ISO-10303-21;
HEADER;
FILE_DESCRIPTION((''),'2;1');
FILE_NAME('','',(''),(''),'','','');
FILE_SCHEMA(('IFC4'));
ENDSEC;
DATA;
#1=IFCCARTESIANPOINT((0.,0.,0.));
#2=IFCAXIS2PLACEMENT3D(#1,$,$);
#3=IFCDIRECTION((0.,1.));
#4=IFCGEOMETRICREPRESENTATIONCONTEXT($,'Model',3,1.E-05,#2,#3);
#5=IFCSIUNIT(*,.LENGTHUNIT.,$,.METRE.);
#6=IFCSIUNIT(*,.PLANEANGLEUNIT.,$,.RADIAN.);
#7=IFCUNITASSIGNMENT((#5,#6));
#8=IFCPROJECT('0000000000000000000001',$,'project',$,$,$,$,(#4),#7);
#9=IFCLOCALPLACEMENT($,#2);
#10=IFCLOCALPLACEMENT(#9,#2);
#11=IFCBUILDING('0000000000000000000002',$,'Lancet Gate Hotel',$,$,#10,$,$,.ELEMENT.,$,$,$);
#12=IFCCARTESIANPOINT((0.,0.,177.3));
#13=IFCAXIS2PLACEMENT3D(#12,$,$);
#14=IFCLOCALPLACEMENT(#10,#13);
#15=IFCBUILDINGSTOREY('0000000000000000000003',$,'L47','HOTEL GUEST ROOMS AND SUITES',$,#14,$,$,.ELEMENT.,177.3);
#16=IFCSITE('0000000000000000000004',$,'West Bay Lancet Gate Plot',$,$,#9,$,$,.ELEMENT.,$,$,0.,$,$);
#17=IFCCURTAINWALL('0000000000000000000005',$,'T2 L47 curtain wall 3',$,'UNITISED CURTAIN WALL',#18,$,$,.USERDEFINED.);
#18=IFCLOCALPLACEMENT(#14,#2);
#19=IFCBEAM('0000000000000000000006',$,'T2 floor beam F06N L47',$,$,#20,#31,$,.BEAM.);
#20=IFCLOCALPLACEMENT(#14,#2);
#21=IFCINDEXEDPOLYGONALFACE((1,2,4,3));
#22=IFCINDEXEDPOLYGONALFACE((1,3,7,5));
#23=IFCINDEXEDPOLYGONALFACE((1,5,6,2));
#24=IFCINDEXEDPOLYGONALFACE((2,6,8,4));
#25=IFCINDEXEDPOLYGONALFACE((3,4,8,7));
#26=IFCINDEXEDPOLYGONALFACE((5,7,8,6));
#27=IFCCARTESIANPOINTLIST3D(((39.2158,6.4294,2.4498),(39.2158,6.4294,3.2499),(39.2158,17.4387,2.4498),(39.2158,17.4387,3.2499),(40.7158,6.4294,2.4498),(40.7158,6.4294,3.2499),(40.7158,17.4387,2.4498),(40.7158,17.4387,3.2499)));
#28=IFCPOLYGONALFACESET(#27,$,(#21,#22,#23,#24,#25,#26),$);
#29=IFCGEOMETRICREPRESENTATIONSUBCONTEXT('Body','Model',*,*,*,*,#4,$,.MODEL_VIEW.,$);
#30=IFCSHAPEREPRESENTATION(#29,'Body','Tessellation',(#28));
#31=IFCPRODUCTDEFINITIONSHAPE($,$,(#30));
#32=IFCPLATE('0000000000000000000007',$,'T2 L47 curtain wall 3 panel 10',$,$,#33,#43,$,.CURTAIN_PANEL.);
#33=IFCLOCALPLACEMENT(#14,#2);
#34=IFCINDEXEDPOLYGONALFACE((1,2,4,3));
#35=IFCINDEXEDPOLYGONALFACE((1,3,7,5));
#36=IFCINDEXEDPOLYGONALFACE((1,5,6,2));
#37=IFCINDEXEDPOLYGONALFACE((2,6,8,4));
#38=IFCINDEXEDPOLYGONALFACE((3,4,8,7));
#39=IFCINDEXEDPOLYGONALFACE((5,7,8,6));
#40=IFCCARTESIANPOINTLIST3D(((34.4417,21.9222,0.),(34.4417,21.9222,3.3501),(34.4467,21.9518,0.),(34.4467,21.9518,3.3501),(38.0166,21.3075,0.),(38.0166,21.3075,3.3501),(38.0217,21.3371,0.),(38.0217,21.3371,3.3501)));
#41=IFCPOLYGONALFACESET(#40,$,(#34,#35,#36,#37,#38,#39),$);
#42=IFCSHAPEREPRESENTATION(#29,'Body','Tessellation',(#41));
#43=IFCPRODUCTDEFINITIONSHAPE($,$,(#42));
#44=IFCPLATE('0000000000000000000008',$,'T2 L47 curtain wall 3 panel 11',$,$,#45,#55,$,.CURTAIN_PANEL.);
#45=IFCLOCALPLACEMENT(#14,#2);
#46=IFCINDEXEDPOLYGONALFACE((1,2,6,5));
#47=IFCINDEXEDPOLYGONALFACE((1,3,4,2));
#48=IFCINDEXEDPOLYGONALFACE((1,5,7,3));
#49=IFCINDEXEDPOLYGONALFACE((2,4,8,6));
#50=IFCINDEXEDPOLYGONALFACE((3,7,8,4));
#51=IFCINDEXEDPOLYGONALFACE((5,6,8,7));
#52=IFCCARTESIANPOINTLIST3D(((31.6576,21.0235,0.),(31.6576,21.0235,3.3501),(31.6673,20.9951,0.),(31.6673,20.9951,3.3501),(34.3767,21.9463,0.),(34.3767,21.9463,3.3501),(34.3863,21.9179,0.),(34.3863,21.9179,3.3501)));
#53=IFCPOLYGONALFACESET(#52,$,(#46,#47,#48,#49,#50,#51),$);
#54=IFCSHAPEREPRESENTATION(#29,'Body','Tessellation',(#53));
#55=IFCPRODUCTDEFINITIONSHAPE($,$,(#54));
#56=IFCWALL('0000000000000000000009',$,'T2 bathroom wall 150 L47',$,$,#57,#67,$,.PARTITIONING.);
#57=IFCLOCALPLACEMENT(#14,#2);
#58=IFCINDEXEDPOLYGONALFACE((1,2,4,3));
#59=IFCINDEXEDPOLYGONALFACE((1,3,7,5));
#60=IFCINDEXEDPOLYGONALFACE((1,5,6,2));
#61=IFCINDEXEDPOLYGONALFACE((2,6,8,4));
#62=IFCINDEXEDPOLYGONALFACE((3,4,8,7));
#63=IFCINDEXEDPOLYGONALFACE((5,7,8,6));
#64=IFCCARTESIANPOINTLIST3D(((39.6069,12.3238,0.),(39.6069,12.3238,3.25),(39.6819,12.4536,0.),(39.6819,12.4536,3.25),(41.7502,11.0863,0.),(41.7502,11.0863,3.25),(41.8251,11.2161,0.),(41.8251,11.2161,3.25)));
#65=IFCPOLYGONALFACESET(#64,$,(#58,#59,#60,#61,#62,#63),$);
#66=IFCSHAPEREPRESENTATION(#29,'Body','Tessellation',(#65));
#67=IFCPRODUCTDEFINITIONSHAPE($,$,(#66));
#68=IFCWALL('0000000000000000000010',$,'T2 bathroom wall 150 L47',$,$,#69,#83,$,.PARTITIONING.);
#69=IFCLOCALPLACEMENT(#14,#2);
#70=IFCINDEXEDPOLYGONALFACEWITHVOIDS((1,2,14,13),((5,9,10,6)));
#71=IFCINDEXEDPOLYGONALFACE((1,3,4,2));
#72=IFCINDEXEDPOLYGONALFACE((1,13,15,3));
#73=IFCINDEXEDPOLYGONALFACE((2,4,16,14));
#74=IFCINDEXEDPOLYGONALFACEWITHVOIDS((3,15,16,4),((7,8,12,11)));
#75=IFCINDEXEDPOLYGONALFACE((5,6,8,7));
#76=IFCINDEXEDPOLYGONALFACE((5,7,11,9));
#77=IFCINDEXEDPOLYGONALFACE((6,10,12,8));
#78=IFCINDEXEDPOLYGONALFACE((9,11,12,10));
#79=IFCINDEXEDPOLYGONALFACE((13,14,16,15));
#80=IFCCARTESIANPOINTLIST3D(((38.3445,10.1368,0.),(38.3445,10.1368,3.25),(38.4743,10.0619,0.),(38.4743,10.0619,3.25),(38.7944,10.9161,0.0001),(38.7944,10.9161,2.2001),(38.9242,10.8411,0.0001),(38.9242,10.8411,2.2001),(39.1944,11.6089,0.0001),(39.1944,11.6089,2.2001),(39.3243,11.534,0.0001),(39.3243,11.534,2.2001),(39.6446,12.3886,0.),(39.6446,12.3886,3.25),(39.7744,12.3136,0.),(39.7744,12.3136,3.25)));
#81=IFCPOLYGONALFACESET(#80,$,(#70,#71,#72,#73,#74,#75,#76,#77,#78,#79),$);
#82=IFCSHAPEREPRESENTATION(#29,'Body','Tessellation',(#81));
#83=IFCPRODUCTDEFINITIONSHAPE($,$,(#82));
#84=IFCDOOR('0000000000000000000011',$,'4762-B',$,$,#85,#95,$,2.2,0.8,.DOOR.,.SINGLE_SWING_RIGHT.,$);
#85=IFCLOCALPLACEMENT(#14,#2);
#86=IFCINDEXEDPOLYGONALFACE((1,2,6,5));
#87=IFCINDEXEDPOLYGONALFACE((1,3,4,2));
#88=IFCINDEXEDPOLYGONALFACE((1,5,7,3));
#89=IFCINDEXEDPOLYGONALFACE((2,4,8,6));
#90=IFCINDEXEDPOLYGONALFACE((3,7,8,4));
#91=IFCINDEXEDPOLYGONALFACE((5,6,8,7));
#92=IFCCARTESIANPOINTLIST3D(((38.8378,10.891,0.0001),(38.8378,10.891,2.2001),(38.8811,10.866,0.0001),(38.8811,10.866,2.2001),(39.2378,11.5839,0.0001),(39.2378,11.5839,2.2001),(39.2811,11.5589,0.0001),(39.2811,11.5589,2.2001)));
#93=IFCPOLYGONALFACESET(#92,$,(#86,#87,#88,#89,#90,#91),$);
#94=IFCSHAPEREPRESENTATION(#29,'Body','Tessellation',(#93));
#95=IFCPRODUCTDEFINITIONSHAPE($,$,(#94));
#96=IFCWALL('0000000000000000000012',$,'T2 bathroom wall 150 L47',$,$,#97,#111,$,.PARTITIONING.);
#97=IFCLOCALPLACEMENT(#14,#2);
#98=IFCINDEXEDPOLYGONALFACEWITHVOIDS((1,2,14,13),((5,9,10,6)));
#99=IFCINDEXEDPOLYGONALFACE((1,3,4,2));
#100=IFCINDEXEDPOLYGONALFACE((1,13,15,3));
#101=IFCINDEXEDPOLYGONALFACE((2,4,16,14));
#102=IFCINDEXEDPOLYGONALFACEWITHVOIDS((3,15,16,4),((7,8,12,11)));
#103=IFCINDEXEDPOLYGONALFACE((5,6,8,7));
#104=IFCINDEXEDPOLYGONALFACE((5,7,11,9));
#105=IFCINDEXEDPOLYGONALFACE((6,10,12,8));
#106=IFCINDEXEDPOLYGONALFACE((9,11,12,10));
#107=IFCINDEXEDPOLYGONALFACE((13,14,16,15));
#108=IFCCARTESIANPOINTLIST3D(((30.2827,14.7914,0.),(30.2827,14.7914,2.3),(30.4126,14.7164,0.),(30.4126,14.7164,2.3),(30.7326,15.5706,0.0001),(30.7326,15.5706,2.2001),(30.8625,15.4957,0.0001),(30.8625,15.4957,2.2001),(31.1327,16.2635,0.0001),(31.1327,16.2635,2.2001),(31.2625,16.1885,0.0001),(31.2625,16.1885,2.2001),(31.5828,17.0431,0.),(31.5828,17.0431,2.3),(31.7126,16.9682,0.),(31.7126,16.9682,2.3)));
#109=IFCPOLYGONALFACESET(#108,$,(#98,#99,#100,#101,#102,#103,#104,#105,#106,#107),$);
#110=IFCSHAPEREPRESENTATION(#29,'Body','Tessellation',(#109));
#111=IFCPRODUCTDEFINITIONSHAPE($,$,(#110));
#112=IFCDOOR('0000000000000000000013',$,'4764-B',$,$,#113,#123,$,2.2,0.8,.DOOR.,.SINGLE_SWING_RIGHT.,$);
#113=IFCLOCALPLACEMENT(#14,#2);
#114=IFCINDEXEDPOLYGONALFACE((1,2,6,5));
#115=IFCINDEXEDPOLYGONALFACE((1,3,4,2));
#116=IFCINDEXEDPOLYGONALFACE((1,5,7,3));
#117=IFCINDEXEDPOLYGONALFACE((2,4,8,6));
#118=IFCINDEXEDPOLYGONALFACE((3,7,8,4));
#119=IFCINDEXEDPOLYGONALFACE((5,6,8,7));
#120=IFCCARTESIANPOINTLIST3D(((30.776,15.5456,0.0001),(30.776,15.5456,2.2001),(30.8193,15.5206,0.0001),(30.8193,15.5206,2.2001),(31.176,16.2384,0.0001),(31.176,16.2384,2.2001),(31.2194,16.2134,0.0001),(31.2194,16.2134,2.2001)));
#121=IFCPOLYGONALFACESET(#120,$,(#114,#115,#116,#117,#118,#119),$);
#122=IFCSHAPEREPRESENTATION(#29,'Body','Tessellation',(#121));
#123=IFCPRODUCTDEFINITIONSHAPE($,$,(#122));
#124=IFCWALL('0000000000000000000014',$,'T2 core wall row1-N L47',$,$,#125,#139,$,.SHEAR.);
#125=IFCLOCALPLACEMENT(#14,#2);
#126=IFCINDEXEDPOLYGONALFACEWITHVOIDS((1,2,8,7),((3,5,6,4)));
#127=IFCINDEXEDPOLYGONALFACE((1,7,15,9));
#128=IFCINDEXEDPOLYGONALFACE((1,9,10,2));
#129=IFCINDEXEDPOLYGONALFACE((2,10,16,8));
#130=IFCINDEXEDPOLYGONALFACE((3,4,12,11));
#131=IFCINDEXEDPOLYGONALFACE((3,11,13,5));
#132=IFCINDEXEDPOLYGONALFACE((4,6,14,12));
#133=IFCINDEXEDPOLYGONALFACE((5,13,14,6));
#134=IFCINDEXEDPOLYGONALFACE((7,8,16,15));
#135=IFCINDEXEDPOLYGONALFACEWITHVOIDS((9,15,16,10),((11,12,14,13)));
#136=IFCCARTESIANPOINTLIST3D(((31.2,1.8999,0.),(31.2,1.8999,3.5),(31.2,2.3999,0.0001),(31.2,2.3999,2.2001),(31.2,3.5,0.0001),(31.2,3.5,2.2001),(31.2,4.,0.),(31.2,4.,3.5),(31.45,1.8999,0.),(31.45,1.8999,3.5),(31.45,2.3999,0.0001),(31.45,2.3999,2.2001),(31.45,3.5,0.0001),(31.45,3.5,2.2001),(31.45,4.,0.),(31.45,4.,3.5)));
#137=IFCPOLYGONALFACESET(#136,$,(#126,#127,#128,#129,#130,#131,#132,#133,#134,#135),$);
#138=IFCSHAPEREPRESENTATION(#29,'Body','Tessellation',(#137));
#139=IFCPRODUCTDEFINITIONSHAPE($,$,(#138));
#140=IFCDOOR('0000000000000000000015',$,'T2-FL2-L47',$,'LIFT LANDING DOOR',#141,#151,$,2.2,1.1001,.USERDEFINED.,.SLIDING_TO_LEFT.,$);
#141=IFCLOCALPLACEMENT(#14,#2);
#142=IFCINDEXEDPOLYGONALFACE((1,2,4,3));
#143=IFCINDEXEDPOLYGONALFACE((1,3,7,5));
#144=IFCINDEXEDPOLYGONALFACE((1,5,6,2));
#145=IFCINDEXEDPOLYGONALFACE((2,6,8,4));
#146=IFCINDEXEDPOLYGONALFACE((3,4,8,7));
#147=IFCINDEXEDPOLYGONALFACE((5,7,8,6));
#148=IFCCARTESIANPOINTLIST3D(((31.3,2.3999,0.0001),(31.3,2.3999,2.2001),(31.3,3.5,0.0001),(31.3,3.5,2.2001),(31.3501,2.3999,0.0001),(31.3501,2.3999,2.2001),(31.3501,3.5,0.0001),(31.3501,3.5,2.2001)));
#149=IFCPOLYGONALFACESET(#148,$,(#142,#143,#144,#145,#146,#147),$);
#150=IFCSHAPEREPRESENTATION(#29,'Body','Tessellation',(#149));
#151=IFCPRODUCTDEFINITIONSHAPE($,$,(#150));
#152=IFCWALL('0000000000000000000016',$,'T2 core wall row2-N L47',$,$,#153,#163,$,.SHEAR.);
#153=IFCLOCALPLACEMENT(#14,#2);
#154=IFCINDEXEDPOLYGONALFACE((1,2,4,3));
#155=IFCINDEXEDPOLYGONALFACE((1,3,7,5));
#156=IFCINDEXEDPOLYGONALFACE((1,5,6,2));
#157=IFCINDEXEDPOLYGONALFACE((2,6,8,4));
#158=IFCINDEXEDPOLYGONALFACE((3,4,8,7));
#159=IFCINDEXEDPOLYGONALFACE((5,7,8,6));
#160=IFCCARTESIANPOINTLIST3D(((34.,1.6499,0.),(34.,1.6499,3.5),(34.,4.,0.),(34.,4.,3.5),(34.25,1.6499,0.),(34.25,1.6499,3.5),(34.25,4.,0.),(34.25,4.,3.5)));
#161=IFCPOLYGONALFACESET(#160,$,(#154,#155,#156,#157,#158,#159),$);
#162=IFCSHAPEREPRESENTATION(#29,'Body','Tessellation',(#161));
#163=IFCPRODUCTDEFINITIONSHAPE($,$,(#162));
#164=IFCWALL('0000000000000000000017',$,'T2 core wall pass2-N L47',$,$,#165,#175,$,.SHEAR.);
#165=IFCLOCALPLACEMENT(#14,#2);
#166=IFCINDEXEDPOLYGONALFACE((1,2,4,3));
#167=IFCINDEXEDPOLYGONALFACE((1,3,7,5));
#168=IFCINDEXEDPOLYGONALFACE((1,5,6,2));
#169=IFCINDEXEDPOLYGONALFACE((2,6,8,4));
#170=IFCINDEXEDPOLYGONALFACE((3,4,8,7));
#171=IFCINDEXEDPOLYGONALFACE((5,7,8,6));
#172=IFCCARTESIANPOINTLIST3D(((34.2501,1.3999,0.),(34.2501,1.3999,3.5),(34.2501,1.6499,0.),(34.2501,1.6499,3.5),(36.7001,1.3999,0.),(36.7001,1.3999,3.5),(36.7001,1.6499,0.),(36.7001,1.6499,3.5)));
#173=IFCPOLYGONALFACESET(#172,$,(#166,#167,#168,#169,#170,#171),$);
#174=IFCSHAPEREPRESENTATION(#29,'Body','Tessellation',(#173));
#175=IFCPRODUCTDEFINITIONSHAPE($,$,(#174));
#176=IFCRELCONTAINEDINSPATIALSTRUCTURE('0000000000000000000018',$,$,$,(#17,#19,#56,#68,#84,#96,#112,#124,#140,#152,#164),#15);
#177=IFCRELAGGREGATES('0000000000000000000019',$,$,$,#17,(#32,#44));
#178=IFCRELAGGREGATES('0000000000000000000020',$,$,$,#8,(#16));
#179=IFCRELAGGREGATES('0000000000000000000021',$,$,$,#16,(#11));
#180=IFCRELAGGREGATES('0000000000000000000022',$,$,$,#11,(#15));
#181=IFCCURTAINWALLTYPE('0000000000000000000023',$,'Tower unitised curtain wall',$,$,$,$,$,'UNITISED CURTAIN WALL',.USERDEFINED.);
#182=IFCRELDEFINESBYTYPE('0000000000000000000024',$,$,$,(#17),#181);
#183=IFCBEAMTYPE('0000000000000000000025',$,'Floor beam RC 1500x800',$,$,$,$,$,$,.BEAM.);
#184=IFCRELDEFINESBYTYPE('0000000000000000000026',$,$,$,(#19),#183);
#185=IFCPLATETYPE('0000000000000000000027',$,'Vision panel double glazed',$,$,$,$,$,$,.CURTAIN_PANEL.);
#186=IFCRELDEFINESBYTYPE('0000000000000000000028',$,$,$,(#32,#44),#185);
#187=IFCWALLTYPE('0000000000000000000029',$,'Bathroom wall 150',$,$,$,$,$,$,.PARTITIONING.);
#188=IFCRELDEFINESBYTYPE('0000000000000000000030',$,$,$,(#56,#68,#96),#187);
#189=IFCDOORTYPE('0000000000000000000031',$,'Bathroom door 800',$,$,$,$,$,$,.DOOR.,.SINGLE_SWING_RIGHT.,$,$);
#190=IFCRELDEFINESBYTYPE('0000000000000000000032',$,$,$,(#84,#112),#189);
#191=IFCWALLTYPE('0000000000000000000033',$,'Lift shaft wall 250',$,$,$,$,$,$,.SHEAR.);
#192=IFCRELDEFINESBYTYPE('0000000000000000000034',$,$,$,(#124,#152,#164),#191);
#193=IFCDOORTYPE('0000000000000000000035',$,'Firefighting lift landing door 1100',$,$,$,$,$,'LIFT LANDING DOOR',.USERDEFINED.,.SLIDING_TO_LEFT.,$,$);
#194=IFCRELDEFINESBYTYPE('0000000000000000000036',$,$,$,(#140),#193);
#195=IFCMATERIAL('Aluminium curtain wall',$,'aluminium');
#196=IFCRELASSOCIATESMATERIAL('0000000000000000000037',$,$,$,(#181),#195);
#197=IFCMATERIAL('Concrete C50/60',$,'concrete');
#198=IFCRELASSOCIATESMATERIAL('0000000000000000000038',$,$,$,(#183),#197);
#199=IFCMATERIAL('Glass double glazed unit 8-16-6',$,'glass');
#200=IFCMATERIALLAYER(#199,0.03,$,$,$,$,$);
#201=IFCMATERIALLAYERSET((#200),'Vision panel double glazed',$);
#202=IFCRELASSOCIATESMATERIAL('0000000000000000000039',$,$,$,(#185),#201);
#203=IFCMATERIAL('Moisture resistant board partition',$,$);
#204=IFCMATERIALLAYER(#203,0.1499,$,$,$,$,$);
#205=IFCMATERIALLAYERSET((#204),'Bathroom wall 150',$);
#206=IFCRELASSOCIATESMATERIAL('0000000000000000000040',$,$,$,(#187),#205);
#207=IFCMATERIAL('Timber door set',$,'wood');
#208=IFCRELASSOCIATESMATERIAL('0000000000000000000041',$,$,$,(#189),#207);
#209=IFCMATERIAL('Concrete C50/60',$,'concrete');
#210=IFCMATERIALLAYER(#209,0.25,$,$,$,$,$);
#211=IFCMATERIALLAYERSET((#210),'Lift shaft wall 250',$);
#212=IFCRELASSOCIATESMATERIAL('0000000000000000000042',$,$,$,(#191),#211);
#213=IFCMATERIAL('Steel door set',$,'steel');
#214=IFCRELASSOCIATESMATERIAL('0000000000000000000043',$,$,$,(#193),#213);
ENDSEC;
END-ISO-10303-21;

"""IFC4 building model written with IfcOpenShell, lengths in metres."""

from ifc_helpers import new_model, si_unit, direction, frame, frame_2d, origin, origin_2d, place, context, subcontext, project, spatial, rectangle, extrude, material, layer, layer_set, material_profile, profile_set, type_object, element, fill, aggregate, save


model = new_model("IFC4")

# Units and contexts
model_context = context("Model", 3, precision=1e-05, world=origin(), true_north=direction((0.0, 1.0)))
body_context = subcontext(model_context, "Body", "Model", "MODEL_VIEW")
ifc_project = project(units=[si_unit("LENGTHUNIT", "METRE"), si_unit("PLANEANGLEUNIT", "RADIAN")], contexts=[model_context])

# Site, building, storey
site_placement = place(None, origin())
site = spatial("IfcSite", under=ifc_project, at=site_placement, Name="West Bay Lancet Gate Plot", CompositionType="ELEMENT", RefElevation=0.0)
building_placement = place(site_placement, origin())
building = spatial("IfcBuilding", under=site, at=building_placement, Name="Lancet Gate Hotel", CompositionType="ELEMENT")
storey_placement = place(building_placement, frame((0.0, 0.0, 177.3)))
storey = spatial("IfcBuildingStorey", under=building, at=storey_placement, Name="L47", Description="HOTEL GUEST ROOMS AND SUITES", CompositionType="ELEMENT", Elevation=177.3)

# Curtain wall
ifc_material_1 = material(Name="Aluminium curtain wall", Category="aluminium")
curtain_wall_type = type_object("IfcCurtainWallType", Name="Tower unitised curtain wall", ElementType="UNITISED CURTAIN WALL", PredefinedType="USERDEFINED", material=ifc_material_1)
curtain_wall_1_placement = place(storey_placement, origin())
curtain_wall_1 = element("IfcCurtainWall", 1, at=curtain_wall_1_placement, inside=storey, type_object=curtain_wall_type, Name="T2 L47 curtain wall 3", ObjectType="UNITISED CURTAIN WALL", PredefinedType="USERDEFINED")

# Beam
ifc_material_2 = material(Name="Concrete C50/60", Category="concrete")
ifc_material_profile_1 = material_profile(ifc_material_2, rectangle(XDim=1.5, YDim=0.8, at=origin_2d()), Name="RC 1500x800")
ifc_profile_set_1 = profile_set([ifc_material_profile_1], Name="Concrete C50/60")
beam_type = type_object("IfcBeamType", Name="Floor beam RC 1500x800", PredefinedType="BEAM", material=ifc_profile_set_1)
beam_1_placement = place(storey_placement, frame((39.9658, 6.4294, 2.8499), z_axis=(0.0, 1.0, 0.0), x_axis=(-1.0, 0.0, 0.0)))
element("IfcBeam", 2, at=beam_1_placement, inside=storey, type_object=beam_type, Name="T2 floor beam F06N L47", PredefinedType="BEAM", context=body_context, shape_type="SweptSolid", body=[
    extrude(rectangle(XDim=1.5, YDim=0.8, at=origin_2d()), origin(), (0.0, 0.0, 1.0), 11.0093),
])

# Plates
ifc_material_3 = material(Name="Glass double glazed unit 8-16-6", Category="glass")
ifc_layer_1 = layer(ifc_material_3, 0.03)
ifc_layer_set_1 = layer_set([ifc_layer_1], Name="Vision panel double glazed")
plate_type = type_object("IfcPlateType", Name="Vision panel double glazed", PredefinedType="CURTAIN_PANEL", material=ifc_layer_set_1)
plate_1_placement = place(storey_placement, frame((36.2317, 21.6296, 0.0), z_axis=(0.0, 0.0, 1.0), x_axis=(-0.98554, 0.169445, 0.0)))
plate_1 = element("IfcPlate", 3, at=plate_1_placement, type_object=plate_type, Name="T2 L47 curtain wall 3 panel 10", PredefinedType="CURTAIN_PANEL", context=body_context, shape_type="SweptSolid", body=[
    extrude(rectangle(XDim=3.6274, YDim=0.03, at=origin_2d()), origin(), (0.0, 0.0, 1.0), 3.3501),
])
plate_2_placement = place(storey_placement, frame((33.022, 21.4707, 0.0), z_axis=(0.0, 0.0, 1.0), x_axis=(-0.946952, -0.321374, 0.0)))
plate_2 = element("IfcPlate", 4, at=plate_2_placement, type_object=plate_type, Name="T2 L47 curtain wall 3 panel 11", PredefinedType="CURTAIN_PANEL", context=body_context, shape_type="SweptSolid", body=[
    extrude(rectangle(XDim=2.8713, YDim=0.03, at=origin_2d()), origin(), (0.0, 0.0, 1.0), 3.3501),
])
aggregate(curtain_wall_1, [plate_1, plate_2])

# Wall
ifc_material_4 = material(Name="Moisture resistant board partition")
ifc_layer_2 = layer(ifc_material_4, 0.1499)
ifc_layer_set_2 = layer_set([ifc_layer_2], Name="Bathroom wall 150")
wall_type_1 = type_object("IfcWallType", Name="Bathroom wall 150", PredefinedType="PARTITIONING", material=ifc_layer_set_2)
wall_1_placement = place(storey_placement, frame((39.6445, 12.3887, 0.0), z_axis=(0.0, 0.0, 1.0), x_axis=(0.866007, -0.500033, 0.0)))
element("IfcWall", 5, at=wall_1_placement, inside=storey, type_object=wall_type_1, Name="T2 bathroom wall 150 L47", PredefinedType="PARTITIONING", context=body_context, shape_type="SweptSolid", body=[
    extrude(rectangle(XDim=2.4749, YDim=0.1499, at=frame_2d((1.2373, 0.0))), origin(), (0.0, 0.0, 1.0), 3.25),
])

# Walls, openings, doors
wall_2_placement = place(storey_placement, frame((38.4094, 10.0994, 0.0), z_axis=(0.0, 0.0, 1.0), x_axis=(0.500007, 0.866021, 0.0)))
wall_2 = element("IfcWall", 6, at=wall_2_placement, inside=storey, type_object=wall_type_1, Name="T2 bathroom wall 150 L47", PredefinedType="PARTITIONING", context=body_context, shape_type="SweptSolid", body=[
    extrude(rectangle(XDim=2.6001, YDim=0.1499, at=frame_2d((1.3, 0.0))), origin(), (0.0, 0.0, 1.0), 3.25),
])
opening_1_placement = place(wall_2_placement, frame((0.8999, 0.0, 0.0)))
opening_1 = element("IfcOpeningElement", 7, at=opening_1_placement, cuts=wall_2, PredefinedType="OPENING", context=body_context, shape_type="SweptSolid", body=[
    extrude(rectangle(XDim=0.8, YDim=2.2, at=frame_2d((0.3999, 1.1001))), frame((0.0, 0.085, 0.0), z_axis=(0.0, -1.0, 0.0), x_axis=(1.0, 0.0, 0.0)), (0.0, 0.0, 1.0), 0.1699),
])
ifc_material_5 = material(Name="Timber door set", Category="wood")
door_type_1 = type_object("IfcDoorType", Name="Bathroom door 800", OperationType="SINGLE_SWING_RIGHT", PredefinedType="DOOR", material=ifc_material_5)
door_1_placement = place(opening_1_placement, origin())
door_1 = element("IfcDoor", 8, at=door_1_placement, inside=storey, type_object=door_type_1, Name="4762-B", OperationType="SINGLE_SWING_RIGHT", OverallHeight=2.2, OverallWidth=0.8, PredefinedType="DOOR", context=body_context, shape_type="SweptSolid", body=[
    extrude(rectangle(XDim=0.8, YDim=2.2, at=frame_2d((0.3999, 1.1001))), frame((0.0, 0.0249, 0.0), z_axis=(0.0, -1.0, 0.0), x_axis=(1.0, 0.0, 0.0)), (0.0, 0.0, 1.0), 0.05),
])
fill(opening_1, door_1)
wall_3_placement = place(storey_placement, frame((30.3477, 14.7539, 0.0), z_axis=(0.0, 0.0, 1.0), x_axis=(0.500007, 0.866021, 0.0)))
wall_3 = element("IfcWall", 9, at=wall_3_placement, inside=storey, type_object=wall_type_1, Name="T2 bathroom wall 150 L47", PredefinedType="PARTITIONING", context=body_context, shape_type="SweptSolid", body=[
    extrude(rectangle(XDim=2.6001, YDim=0.1499, at=frame_2d((1.3, 0.0))), origin(), (0.0, 0.0, 1.0), 2.3),
])
opening_2_placement = place(wall_3_placement, frame((0.8999, 0.0, 0.0)))
opening_2 = element("IfcOpeningElement", 10, at=opening_2_placement, cuts=wall_3, PredefinedType="OPENING", context=body_context, shape_type="SweptSolid", body=[
    extrude(rectangle(XDim=0.8, YDim=2.2, at=frame_2d((0.3999, 1.1001))), frame((0.0, 0.085, 0.0), z_axis=(0.0, -1.0, 0.0), x_axis=(1.0, 0.0, 0.0)), (0.0, 0.0, 1.0), 0.1699),
])
door_2_placement = place(opening_2_placement, origin())
door_2 = element("IfcDoor", 11, at=door_2_placement, inside=storey, type_object=door_type_1, Name="4764-B", OperationType="SINGLE_SWING_RIGHT", OverallHeight=2.2, OverallWidth=0.8, PredefinedType="DOOR", context=body_context, shape_type="SweptSolid", body=[
    extrude(rectangle(XDim=0.8, YDim=2.2, at=frame_2d((0.3999, 1.1001))), frame((0.0, 0.0249, 0.0), z_axis=(0.0, -1.0, 0.0), x_axis=(1.0, 0.0, 0.0)), (0.0, 0.0, 1.0), 0.05),
])
fill(opening_2, door_2)
ifc_material_6 = material(Name="Concrete C50/60", Category="concrete")
ifc_layer_3 = layer(ifc_material_6, 0.25)
ifc_layer_set_3 = layer_set([ifc_layer_3], Name="Lift shaft wall 250")
wall_type_2 = type_object("IfcWallType", Name="Lift shaft wall 250", PredefinedType="SHEAR", material=ifc_layer_set_3)
wall_4_placement = place(storey_placement, frame((31.325, 1.8999, 0.0), z_axis=(0.0, 0.0, 1.0), x_axis=(0.0, 1.0, 0.0)))
wall_4 = element("IfcWall", 12, at=wall_4_placement, inside=storey, type_object=wall_type_2, Name="T2 core wall row1-N L47", PredefinedType="SHEAR", context=body_context, shape_type="SweptSolid", body=[
    extrude(rectangle(XDim=2.1001, YDim=0.25, at=frame_2d((1.05, 0.0))), origin(), (0.0, 0.0, 1.0), 3.5),
])
opening_3_placement = place(wall_4_placement, frame((0.5, 0.0, 0.0)))
opening_3 = element("IfcOpeningElement", 13, at=opening_3_placement, cuts=wall_4, PredefinedType="OPENING", context=body_context, shape_type="SweptSolid", body=[
    extrude(rectangle(XDim=1.1001, YDim=2.2, at=frame_2d((0.55, 1.1001))), frame((0.0, 0.135, 0.0), z_axis=(0.0, -1.0, 0.0), x_axis=(1.0, 0.0, 0.0)), (0.0, 0.0, 1.0), 0.27),
])
ifc_material_7 = material(Name="Steel door set", Category="steel")
door_type_2 = type_object("IfcDoorType", Name="Firefighting lift landing door 1100", ElementType="LIFT LANDING DOOR", OperationType="SLIDING_TO_LEFT", PredefinedType="USERDEFINED", material=ifc_material_7)
door_3_placement = place(opening_3_placement, origin())
door_3 = element("IfcDoor", 14, at=door_3_placement, inside=storey, type_object=door_type_2, Name="T2-FL2-L47", ObjectType="LIFT LANDING DOOR", OperationType="SLIDING_TO_LEFT", OverallHeight=2.2, OverallWidth=1.1001, PredefinedType="USERDEFINED", context=body_context, shape_type="SweptSolid", body=[
    extrude(rectangle(XDim=1.1001, YDim=2.2, at=frame_2d((0.55, 1.1001))), frame((0.0, 0.0249, 0.0), z_axis=(0.0, -1.0, 0.0), x_axis=(1.0, 0.0, 0.0)), (0.0, 0.0, 1.0), 0.05),
])
fill(opening_3, door_3)

# Walls
wall_5_placement = place(storey_placement, frame((34.125, 1.6499, 0.0), z_axis=(0.0, 0.0, 1.0), x_axis=(0.0, 1.0, 0.0)))
element("IfcWall", 15, at=wall_5_placement, inside=storey, type_object=wall_type_2, Name="T2 core wall row2-N L47", PredefinedType="SHEAR", context=body_context, shape_type="SweptSolid", body=[
    extrude(rectangle(XDim=2.3501, YDim=0.25, at=frame_2d((1.175, 0.0))), origin(), (0.0, 0.0, 1.0), 3.5),
])
wall_6_placement = place(storey_placement, frame((34.25, 1.5249, 0.0), z_axis=(0.0, 0.0, 1.0), x_axis=(1.0, 0.0, 0.0)))
element("IfcWall", 16, at=wall_6_placement, inside=storey, type_object=wall_type_2, Name="T2 core wall pass2-N L47", PredefinedType="SHEAR", context=body_context, shape_type="SweptSolid", body=[
    extrude(rectangle(XDim=2.45, YDim=0.25, at=frame_2d((1.2251, 0.0))), origin(), (0.0, 0.0, 1.0), 3.5),
])

save(model, "model.ifc")
